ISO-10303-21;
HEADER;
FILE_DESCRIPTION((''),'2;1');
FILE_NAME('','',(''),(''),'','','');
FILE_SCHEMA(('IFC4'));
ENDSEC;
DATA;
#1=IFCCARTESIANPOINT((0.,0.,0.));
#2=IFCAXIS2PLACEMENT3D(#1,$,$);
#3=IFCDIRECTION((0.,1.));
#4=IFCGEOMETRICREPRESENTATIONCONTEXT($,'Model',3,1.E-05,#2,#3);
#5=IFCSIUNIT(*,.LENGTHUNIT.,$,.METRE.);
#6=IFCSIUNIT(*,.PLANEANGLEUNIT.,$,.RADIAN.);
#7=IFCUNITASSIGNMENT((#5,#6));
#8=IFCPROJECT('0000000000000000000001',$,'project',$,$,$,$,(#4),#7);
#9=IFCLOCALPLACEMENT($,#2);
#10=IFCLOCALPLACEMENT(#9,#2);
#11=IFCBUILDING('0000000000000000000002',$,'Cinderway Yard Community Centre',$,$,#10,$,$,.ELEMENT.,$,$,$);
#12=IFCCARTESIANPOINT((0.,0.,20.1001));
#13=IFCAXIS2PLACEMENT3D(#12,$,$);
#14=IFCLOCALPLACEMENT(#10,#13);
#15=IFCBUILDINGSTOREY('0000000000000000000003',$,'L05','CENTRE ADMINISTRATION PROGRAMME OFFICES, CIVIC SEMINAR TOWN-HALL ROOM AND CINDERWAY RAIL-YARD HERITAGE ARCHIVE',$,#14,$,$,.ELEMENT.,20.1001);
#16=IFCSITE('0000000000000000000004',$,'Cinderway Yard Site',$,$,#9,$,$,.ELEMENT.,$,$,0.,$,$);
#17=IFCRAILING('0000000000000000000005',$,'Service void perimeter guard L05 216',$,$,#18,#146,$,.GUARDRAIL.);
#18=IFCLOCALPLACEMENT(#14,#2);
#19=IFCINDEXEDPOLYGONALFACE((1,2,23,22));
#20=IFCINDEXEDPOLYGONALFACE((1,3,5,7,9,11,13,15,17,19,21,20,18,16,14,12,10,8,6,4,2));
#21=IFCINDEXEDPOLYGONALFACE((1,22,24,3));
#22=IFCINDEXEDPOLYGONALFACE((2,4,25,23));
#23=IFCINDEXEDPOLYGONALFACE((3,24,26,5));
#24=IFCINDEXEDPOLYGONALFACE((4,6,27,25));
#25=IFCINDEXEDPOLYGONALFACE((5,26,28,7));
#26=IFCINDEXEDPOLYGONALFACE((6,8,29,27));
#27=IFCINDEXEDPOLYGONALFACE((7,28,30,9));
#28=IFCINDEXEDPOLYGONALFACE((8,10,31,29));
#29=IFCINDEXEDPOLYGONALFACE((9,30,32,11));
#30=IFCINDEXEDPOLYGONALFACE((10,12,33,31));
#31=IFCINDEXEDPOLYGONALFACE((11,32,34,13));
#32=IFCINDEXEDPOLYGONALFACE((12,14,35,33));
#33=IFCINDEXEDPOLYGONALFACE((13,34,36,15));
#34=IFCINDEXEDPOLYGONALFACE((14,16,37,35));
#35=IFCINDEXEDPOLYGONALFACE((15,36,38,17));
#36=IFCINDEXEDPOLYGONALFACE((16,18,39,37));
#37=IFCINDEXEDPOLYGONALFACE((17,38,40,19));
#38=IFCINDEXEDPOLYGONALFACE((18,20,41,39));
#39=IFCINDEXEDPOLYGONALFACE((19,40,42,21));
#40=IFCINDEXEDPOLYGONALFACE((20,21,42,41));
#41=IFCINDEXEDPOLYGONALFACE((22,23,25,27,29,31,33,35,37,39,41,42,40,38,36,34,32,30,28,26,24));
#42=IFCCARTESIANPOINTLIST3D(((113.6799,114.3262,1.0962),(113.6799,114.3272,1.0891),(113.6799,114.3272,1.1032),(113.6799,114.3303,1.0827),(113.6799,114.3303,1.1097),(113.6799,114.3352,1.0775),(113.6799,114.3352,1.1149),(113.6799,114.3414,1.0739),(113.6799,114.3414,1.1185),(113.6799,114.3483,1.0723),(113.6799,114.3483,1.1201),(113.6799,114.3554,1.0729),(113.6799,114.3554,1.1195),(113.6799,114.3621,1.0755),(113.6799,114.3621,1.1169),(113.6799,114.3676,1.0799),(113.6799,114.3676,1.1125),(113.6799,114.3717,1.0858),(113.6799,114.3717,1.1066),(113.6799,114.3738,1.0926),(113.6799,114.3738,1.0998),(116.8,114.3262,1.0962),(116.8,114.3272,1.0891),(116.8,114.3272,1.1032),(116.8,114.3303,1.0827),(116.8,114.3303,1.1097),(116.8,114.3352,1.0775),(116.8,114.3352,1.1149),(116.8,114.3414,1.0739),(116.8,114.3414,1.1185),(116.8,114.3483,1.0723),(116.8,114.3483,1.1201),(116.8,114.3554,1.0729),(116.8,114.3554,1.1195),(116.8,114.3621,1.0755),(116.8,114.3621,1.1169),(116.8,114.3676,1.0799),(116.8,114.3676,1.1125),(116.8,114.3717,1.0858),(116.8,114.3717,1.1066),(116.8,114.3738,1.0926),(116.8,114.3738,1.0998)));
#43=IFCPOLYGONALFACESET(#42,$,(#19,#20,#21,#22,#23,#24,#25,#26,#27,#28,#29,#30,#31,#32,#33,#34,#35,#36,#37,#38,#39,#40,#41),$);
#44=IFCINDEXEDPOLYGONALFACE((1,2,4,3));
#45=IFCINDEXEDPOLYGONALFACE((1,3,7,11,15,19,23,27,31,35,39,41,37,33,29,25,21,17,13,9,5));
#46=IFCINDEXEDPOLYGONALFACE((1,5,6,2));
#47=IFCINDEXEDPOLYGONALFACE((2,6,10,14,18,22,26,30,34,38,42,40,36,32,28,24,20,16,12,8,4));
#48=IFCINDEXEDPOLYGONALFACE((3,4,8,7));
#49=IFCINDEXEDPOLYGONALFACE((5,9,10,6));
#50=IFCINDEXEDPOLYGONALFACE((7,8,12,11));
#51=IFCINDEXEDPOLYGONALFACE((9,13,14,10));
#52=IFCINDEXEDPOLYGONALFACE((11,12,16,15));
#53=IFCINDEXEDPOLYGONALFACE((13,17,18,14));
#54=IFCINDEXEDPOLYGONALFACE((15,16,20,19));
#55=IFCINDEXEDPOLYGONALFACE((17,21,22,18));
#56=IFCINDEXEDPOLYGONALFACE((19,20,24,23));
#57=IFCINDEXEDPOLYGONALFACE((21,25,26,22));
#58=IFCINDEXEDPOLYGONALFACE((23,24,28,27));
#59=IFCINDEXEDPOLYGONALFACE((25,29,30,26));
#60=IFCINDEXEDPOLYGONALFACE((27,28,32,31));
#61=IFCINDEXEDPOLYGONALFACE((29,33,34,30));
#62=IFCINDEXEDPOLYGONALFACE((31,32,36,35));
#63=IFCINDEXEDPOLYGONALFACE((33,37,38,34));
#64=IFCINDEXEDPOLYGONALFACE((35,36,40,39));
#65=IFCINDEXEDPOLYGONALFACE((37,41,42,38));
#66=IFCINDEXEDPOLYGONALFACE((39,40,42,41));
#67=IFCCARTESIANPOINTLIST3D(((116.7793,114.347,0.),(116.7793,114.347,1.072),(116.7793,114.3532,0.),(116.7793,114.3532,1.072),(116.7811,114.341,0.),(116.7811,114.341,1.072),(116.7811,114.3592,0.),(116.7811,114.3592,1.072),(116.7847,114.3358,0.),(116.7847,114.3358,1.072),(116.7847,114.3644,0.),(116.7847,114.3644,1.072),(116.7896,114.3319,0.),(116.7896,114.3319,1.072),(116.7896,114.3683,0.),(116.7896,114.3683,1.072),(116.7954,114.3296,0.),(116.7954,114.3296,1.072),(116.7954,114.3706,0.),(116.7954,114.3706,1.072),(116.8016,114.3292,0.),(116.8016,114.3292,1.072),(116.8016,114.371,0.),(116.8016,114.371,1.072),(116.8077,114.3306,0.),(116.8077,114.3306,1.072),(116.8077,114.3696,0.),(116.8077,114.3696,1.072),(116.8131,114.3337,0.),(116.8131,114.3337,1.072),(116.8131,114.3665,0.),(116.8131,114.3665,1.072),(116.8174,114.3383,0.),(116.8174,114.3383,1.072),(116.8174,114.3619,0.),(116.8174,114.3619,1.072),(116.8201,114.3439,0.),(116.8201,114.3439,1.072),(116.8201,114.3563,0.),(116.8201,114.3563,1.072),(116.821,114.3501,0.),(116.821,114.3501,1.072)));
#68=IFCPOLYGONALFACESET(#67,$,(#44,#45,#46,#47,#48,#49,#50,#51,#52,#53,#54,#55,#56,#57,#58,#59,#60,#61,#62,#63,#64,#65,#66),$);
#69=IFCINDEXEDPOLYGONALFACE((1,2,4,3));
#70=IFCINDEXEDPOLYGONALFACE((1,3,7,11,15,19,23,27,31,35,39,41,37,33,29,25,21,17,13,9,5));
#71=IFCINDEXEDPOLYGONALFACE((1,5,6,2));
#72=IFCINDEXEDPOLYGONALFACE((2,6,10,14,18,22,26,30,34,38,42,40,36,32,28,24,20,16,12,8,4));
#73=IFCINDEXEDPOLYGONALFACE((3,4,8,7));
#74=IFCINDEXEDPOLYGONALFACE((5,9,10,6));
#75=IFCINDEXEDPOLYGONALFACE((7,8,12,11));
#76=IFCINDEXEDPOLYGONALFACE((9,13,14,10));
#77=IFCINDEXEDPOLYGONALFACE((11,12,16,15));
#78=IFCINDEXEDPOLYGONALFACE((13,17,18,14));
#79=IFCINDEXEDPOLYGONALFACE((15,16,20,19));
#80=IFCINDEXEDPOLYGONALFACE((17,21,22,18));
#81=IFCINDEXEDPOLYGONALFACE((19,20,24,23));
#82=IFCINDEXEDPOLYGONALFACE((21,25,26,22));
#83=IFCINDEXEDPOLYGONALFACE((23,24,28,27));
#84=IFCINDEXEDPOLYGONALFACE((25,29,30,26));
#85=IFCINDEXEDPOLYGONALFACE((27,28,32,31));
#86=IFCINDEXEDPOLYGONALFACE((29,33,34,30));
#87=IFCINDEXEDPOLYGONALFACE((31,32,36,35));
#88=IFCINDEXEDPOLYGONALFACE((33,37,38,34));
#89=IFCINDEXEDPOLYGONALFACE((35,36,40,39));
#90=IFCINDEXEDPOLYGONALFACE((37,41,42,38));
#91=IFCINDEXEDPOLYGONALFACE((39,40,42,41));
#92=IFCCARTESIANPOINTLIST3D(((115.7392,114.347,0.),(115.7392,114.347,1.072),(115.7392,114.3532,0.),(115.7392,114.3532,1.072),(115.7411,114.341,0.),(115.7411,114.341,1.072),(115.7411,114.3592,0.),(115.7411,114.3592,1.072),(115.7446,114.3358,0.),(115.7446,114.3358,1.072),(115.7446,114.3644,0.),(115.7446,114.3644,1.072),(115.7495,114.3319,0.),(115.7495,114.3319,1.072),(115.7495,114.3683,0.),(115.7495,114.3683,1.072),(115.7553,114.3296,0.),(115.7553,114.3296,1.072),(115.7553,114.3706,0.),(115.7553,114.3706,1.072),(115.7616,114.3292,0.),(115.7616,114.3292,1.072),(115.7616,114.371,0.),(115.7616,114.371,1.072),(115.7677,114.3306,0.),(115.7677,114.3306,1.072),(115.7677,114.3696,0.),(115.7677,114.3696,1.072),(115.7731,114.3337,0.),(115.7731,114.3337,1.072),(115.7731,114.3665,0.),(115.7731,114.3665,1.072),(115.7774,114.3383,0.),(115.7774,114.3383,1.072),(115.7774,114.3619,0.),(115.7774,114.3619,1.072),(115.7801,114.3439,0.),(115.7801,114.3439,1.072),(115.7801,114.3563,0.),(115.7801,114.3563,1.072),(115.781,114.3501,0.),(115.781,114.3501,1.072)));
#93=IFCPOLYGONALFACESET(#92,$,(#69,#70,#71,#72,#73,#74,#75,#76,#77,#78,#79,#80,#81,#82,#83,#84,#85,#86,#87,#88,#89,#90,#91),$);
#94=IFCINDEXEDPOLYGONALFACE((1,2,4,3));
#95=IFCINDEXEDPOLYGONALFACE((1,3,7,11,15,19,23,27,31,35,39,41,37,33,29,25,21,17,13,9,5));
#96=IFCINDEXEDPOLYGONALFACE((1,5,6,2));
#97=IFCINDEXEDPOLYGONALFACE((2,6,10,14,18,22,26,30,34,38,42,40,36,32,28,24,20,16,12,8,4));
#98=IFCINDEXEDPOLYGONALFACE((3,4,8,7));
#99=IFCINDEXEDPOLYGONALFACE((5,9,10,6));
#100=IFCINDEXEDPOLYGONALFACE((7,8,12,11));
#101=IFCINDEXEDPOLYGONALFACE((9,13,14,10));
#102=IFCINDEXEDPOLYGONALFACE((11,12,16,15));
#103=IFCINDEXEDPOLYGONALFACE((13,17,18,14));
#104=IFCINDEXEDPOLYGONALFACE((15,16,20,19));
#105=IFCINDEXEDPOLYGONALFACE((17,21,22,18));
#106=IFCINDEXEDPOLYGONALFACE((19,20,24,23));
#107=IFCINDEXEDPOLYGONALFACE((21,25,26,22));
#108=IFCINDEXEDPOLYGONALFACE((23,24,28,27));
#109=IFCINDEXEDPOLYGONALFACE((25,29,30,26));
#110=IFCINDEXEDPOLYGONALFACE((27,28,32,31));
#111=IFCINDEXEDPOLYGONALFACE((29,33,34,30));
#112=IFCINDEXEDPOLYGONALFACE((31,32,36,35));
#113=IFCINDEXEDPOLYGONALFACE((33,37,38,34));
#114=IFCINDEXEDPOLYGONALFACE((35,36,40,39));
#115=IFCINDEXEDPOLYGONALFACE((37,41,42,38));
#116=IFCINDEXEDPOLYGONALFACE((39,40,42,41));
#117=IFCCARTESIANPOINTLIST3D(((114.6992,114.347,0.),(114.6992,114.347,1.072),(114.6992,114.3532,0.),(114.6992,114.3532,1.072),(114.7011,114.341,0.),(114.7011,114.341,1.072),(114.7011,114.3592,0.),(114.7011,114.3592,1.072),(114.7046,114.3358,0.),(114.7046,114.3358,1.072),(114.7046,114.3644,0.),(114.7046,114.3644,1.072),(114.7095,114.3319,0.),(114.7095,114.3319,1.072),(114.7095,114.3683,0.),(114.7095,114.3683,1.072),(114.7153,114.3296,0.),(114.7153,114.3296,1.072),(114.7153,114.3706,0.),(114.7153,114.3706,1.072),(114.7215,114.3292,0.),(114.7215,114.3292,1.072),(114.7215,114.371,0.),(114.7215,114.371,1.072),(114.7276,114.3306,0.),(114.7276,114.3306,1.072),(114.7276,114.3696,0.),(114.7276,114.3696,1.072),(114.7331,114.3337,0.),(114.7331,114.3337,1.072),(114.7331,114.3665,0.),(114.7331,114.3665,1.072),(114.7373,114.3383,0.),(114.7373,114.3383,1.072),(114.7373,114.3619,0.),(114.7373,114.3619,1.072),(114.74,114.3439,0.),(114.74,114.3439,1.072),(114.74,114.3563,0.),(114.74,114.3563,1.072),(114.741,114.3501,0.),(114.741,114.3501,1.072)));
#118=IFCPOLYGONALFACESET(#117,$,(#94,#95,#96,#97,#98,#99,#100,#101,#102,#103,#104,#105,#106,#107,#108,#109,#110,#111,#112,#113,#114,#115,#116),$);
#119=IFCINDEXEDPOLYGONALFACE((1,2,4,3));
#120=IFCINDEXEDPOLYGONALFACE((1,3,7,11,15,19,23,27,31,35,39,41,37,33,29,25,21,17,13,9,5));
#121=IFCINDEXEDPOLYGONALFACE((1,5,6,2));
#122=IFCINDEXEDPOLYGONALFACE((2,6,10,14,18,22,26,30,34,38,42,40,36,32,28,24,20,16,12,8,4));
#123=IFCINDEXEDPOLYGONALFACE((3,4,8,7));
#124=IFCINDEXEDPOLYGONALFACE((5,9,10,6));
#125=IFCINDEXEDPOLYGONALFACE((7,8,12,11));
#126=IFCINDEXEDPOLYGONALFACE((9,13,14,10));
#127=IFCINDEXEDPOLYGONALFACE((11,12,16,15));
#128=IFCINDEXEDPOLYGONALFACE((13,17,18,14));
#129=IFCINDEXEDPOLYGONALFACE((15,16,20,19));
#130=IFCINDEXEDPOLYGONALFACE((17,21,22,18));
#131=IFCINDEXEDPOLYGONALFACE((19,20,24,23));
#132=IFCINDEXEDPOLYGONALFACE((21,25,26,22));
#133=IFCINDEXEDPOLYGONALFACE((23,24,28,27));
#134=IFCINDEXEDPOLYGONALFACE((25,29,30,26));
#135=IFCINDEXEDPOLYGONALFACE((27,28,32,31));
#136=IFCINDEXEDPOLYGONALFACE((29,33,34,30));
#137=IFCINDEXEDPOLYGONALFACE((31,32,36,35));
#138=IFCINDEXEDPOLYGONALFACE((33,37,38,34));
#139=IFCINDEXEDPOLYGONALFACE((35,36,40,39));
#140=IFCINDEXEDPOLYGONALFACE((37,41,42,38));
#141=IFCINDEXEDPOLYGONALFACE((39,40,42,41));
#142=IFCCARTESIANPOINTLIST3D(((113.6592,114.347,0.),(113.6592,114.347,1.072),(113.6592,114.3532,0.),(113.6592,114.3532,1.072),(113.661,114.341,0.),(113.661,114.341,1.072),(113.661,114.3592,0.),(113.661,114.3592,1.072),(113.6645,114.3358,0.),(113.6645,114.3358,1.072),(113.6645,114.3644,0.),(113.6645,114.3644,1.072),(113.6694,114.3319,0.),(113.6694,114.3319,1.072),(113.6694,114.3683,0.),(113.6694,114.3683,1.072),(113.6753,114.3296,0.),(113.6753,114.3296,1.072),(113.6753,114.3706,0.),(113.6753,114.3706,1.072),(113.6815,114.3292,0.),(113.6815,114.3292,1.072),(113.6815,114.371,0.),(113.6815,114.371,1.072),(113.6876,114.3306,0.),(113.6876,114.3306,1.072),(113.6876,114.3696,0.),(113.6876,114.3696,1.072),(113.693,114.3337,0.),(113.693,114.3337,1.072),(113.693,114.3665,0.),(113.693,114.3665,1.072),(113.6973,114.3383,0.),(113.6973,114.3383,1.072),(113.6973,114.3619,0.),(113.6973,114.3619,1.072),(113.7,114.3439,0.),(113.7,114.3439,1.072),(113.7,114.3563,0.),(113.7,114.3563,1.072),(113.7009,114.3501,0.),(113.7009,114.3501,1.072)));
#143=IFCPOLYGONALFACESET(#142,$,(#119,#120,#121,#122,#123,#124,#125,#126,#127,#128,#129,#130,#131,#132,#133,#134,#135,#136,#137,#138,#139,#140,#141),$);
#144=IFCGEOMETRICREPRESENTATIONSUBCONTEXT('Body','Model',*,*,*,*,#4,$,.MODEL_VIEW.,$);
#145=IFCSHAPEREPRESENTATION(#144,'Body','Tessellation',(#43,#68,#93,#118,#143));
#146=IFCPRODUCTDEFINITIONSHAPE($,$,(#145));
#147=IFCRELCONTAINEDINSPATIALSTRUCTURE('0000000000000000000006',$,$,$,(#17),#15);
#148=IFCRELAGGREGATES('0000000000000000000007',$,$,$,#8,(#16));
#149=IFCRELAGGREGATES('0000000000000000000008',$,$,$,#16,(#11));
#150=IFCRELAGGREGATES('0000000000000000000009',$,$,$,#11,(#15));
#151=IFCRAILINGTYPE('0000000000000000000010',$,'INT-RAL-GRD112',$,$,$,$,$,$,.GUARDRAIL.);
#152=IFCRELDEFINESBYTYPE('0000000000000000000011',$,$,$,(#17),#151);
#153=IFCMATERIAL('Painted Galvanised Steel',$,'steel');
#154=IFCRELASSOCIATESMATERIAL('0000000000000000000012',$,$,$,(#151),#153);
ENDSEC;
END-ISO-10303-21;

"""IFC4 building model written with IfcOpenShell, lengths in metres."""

from ifc_helpers import new_model, si_unit, direction, frame, origin, origin_2d, place, context, subcontext, project, spatial, circle, extrude, material, type_object, element, save


model = new_model("IFC4")

# Units and contexts
model_context = context("Model", 3, precision=1e-05, world=origin(), true_north=direction((0.0, 1.0)))
body_context = subcontext(model_context, "Body", "Model", "MODEL_VIEW")
ifc_project = project(units=[si_unit("LENGTHUNIT", "METRE"), si_unit("PLANEANGLEUNIT", "RADIAN")], contexts=[model_context])

# Site, building, storey
site_placement = place(None, origin())
site = spatial("IfcSite", under=ifc_project, at=site_placement, Name="Cinderway Yard Site", CompositionType="ELEMENT", RefElevation=0.0)
building_placement = place(site_placement, origin())
building = spatial("IfcBuilding", under=site, at=building_placement, Name="Cinderway Yard Community Centre", CompositionType="ELEMENT")
storey_placement = place(building_placement, frame((0.0, 0.0, 20.1001)))
storey = spatial("IfcBuildingStorey", under=building, at=storey_placement, Name="L05", Description="CENTRE ADMINISTRATION PROGRAMME OFFICES, CIVIC SEMINAR TOWN-HALL ROOM AND CINDERWAY RAIL-YARD HERITAGE ARCHIVE", CompositionType="ELEMENT", Elevation=20.1001)

# Shared definitions
ifc_material_1 = material(Name="Painted Galvanised Steel", Category="steel")

# Railing
railing_type = type_object("IfcRailingType", Name="INT-RAL-GRD112", PredefinedType="GUARDRAIL", material=ifc_material_1)
railing_1_placement = place(storey_placement, frame((116.8, 114.3501, 0.0)))
element("IfcRailing", 1, at=railing_1_placement, inside=storey, type_object=railing_type, Name="Service void perimeter guard L05 216", PredefinedType="GUARDRAIL", context=body_context, shape_type="SweptSolid", body=[
    extrude(circle(Radius=0.0239, at=origin_2d()), frame((0.0, 0.0, 1.0962), z_axis=(-1.0, 0.0, 0.0), x_axis=(0.0, -1.0, 0.0)), (0.0, 0.0, 1.0), 3.1201),
    extrude(circle(Radius=0.021, at=origin_2d()), origin(), (0.0, 0.0, 1.0), 1.072),
    extrude(circle(Radius=0.021, at=origin_2d()), frame((-1.04, 0.0, 0.0)), (0.0, 0.0, 1.0), 1.072),
    extrude(circle(Radius=0.021, at=origin_2d()), frame((-2.0801, 0.0, 0.0)), (0.0, 0.0, 1.0), 1.072),
    extrude(circle(Radius=0.021, at=origin_2d()), frame((-3.1201, 0.0, 0.0)), (0.0, 0.0, 1.0), 1.072),
])

save(model, "model.ifc")
